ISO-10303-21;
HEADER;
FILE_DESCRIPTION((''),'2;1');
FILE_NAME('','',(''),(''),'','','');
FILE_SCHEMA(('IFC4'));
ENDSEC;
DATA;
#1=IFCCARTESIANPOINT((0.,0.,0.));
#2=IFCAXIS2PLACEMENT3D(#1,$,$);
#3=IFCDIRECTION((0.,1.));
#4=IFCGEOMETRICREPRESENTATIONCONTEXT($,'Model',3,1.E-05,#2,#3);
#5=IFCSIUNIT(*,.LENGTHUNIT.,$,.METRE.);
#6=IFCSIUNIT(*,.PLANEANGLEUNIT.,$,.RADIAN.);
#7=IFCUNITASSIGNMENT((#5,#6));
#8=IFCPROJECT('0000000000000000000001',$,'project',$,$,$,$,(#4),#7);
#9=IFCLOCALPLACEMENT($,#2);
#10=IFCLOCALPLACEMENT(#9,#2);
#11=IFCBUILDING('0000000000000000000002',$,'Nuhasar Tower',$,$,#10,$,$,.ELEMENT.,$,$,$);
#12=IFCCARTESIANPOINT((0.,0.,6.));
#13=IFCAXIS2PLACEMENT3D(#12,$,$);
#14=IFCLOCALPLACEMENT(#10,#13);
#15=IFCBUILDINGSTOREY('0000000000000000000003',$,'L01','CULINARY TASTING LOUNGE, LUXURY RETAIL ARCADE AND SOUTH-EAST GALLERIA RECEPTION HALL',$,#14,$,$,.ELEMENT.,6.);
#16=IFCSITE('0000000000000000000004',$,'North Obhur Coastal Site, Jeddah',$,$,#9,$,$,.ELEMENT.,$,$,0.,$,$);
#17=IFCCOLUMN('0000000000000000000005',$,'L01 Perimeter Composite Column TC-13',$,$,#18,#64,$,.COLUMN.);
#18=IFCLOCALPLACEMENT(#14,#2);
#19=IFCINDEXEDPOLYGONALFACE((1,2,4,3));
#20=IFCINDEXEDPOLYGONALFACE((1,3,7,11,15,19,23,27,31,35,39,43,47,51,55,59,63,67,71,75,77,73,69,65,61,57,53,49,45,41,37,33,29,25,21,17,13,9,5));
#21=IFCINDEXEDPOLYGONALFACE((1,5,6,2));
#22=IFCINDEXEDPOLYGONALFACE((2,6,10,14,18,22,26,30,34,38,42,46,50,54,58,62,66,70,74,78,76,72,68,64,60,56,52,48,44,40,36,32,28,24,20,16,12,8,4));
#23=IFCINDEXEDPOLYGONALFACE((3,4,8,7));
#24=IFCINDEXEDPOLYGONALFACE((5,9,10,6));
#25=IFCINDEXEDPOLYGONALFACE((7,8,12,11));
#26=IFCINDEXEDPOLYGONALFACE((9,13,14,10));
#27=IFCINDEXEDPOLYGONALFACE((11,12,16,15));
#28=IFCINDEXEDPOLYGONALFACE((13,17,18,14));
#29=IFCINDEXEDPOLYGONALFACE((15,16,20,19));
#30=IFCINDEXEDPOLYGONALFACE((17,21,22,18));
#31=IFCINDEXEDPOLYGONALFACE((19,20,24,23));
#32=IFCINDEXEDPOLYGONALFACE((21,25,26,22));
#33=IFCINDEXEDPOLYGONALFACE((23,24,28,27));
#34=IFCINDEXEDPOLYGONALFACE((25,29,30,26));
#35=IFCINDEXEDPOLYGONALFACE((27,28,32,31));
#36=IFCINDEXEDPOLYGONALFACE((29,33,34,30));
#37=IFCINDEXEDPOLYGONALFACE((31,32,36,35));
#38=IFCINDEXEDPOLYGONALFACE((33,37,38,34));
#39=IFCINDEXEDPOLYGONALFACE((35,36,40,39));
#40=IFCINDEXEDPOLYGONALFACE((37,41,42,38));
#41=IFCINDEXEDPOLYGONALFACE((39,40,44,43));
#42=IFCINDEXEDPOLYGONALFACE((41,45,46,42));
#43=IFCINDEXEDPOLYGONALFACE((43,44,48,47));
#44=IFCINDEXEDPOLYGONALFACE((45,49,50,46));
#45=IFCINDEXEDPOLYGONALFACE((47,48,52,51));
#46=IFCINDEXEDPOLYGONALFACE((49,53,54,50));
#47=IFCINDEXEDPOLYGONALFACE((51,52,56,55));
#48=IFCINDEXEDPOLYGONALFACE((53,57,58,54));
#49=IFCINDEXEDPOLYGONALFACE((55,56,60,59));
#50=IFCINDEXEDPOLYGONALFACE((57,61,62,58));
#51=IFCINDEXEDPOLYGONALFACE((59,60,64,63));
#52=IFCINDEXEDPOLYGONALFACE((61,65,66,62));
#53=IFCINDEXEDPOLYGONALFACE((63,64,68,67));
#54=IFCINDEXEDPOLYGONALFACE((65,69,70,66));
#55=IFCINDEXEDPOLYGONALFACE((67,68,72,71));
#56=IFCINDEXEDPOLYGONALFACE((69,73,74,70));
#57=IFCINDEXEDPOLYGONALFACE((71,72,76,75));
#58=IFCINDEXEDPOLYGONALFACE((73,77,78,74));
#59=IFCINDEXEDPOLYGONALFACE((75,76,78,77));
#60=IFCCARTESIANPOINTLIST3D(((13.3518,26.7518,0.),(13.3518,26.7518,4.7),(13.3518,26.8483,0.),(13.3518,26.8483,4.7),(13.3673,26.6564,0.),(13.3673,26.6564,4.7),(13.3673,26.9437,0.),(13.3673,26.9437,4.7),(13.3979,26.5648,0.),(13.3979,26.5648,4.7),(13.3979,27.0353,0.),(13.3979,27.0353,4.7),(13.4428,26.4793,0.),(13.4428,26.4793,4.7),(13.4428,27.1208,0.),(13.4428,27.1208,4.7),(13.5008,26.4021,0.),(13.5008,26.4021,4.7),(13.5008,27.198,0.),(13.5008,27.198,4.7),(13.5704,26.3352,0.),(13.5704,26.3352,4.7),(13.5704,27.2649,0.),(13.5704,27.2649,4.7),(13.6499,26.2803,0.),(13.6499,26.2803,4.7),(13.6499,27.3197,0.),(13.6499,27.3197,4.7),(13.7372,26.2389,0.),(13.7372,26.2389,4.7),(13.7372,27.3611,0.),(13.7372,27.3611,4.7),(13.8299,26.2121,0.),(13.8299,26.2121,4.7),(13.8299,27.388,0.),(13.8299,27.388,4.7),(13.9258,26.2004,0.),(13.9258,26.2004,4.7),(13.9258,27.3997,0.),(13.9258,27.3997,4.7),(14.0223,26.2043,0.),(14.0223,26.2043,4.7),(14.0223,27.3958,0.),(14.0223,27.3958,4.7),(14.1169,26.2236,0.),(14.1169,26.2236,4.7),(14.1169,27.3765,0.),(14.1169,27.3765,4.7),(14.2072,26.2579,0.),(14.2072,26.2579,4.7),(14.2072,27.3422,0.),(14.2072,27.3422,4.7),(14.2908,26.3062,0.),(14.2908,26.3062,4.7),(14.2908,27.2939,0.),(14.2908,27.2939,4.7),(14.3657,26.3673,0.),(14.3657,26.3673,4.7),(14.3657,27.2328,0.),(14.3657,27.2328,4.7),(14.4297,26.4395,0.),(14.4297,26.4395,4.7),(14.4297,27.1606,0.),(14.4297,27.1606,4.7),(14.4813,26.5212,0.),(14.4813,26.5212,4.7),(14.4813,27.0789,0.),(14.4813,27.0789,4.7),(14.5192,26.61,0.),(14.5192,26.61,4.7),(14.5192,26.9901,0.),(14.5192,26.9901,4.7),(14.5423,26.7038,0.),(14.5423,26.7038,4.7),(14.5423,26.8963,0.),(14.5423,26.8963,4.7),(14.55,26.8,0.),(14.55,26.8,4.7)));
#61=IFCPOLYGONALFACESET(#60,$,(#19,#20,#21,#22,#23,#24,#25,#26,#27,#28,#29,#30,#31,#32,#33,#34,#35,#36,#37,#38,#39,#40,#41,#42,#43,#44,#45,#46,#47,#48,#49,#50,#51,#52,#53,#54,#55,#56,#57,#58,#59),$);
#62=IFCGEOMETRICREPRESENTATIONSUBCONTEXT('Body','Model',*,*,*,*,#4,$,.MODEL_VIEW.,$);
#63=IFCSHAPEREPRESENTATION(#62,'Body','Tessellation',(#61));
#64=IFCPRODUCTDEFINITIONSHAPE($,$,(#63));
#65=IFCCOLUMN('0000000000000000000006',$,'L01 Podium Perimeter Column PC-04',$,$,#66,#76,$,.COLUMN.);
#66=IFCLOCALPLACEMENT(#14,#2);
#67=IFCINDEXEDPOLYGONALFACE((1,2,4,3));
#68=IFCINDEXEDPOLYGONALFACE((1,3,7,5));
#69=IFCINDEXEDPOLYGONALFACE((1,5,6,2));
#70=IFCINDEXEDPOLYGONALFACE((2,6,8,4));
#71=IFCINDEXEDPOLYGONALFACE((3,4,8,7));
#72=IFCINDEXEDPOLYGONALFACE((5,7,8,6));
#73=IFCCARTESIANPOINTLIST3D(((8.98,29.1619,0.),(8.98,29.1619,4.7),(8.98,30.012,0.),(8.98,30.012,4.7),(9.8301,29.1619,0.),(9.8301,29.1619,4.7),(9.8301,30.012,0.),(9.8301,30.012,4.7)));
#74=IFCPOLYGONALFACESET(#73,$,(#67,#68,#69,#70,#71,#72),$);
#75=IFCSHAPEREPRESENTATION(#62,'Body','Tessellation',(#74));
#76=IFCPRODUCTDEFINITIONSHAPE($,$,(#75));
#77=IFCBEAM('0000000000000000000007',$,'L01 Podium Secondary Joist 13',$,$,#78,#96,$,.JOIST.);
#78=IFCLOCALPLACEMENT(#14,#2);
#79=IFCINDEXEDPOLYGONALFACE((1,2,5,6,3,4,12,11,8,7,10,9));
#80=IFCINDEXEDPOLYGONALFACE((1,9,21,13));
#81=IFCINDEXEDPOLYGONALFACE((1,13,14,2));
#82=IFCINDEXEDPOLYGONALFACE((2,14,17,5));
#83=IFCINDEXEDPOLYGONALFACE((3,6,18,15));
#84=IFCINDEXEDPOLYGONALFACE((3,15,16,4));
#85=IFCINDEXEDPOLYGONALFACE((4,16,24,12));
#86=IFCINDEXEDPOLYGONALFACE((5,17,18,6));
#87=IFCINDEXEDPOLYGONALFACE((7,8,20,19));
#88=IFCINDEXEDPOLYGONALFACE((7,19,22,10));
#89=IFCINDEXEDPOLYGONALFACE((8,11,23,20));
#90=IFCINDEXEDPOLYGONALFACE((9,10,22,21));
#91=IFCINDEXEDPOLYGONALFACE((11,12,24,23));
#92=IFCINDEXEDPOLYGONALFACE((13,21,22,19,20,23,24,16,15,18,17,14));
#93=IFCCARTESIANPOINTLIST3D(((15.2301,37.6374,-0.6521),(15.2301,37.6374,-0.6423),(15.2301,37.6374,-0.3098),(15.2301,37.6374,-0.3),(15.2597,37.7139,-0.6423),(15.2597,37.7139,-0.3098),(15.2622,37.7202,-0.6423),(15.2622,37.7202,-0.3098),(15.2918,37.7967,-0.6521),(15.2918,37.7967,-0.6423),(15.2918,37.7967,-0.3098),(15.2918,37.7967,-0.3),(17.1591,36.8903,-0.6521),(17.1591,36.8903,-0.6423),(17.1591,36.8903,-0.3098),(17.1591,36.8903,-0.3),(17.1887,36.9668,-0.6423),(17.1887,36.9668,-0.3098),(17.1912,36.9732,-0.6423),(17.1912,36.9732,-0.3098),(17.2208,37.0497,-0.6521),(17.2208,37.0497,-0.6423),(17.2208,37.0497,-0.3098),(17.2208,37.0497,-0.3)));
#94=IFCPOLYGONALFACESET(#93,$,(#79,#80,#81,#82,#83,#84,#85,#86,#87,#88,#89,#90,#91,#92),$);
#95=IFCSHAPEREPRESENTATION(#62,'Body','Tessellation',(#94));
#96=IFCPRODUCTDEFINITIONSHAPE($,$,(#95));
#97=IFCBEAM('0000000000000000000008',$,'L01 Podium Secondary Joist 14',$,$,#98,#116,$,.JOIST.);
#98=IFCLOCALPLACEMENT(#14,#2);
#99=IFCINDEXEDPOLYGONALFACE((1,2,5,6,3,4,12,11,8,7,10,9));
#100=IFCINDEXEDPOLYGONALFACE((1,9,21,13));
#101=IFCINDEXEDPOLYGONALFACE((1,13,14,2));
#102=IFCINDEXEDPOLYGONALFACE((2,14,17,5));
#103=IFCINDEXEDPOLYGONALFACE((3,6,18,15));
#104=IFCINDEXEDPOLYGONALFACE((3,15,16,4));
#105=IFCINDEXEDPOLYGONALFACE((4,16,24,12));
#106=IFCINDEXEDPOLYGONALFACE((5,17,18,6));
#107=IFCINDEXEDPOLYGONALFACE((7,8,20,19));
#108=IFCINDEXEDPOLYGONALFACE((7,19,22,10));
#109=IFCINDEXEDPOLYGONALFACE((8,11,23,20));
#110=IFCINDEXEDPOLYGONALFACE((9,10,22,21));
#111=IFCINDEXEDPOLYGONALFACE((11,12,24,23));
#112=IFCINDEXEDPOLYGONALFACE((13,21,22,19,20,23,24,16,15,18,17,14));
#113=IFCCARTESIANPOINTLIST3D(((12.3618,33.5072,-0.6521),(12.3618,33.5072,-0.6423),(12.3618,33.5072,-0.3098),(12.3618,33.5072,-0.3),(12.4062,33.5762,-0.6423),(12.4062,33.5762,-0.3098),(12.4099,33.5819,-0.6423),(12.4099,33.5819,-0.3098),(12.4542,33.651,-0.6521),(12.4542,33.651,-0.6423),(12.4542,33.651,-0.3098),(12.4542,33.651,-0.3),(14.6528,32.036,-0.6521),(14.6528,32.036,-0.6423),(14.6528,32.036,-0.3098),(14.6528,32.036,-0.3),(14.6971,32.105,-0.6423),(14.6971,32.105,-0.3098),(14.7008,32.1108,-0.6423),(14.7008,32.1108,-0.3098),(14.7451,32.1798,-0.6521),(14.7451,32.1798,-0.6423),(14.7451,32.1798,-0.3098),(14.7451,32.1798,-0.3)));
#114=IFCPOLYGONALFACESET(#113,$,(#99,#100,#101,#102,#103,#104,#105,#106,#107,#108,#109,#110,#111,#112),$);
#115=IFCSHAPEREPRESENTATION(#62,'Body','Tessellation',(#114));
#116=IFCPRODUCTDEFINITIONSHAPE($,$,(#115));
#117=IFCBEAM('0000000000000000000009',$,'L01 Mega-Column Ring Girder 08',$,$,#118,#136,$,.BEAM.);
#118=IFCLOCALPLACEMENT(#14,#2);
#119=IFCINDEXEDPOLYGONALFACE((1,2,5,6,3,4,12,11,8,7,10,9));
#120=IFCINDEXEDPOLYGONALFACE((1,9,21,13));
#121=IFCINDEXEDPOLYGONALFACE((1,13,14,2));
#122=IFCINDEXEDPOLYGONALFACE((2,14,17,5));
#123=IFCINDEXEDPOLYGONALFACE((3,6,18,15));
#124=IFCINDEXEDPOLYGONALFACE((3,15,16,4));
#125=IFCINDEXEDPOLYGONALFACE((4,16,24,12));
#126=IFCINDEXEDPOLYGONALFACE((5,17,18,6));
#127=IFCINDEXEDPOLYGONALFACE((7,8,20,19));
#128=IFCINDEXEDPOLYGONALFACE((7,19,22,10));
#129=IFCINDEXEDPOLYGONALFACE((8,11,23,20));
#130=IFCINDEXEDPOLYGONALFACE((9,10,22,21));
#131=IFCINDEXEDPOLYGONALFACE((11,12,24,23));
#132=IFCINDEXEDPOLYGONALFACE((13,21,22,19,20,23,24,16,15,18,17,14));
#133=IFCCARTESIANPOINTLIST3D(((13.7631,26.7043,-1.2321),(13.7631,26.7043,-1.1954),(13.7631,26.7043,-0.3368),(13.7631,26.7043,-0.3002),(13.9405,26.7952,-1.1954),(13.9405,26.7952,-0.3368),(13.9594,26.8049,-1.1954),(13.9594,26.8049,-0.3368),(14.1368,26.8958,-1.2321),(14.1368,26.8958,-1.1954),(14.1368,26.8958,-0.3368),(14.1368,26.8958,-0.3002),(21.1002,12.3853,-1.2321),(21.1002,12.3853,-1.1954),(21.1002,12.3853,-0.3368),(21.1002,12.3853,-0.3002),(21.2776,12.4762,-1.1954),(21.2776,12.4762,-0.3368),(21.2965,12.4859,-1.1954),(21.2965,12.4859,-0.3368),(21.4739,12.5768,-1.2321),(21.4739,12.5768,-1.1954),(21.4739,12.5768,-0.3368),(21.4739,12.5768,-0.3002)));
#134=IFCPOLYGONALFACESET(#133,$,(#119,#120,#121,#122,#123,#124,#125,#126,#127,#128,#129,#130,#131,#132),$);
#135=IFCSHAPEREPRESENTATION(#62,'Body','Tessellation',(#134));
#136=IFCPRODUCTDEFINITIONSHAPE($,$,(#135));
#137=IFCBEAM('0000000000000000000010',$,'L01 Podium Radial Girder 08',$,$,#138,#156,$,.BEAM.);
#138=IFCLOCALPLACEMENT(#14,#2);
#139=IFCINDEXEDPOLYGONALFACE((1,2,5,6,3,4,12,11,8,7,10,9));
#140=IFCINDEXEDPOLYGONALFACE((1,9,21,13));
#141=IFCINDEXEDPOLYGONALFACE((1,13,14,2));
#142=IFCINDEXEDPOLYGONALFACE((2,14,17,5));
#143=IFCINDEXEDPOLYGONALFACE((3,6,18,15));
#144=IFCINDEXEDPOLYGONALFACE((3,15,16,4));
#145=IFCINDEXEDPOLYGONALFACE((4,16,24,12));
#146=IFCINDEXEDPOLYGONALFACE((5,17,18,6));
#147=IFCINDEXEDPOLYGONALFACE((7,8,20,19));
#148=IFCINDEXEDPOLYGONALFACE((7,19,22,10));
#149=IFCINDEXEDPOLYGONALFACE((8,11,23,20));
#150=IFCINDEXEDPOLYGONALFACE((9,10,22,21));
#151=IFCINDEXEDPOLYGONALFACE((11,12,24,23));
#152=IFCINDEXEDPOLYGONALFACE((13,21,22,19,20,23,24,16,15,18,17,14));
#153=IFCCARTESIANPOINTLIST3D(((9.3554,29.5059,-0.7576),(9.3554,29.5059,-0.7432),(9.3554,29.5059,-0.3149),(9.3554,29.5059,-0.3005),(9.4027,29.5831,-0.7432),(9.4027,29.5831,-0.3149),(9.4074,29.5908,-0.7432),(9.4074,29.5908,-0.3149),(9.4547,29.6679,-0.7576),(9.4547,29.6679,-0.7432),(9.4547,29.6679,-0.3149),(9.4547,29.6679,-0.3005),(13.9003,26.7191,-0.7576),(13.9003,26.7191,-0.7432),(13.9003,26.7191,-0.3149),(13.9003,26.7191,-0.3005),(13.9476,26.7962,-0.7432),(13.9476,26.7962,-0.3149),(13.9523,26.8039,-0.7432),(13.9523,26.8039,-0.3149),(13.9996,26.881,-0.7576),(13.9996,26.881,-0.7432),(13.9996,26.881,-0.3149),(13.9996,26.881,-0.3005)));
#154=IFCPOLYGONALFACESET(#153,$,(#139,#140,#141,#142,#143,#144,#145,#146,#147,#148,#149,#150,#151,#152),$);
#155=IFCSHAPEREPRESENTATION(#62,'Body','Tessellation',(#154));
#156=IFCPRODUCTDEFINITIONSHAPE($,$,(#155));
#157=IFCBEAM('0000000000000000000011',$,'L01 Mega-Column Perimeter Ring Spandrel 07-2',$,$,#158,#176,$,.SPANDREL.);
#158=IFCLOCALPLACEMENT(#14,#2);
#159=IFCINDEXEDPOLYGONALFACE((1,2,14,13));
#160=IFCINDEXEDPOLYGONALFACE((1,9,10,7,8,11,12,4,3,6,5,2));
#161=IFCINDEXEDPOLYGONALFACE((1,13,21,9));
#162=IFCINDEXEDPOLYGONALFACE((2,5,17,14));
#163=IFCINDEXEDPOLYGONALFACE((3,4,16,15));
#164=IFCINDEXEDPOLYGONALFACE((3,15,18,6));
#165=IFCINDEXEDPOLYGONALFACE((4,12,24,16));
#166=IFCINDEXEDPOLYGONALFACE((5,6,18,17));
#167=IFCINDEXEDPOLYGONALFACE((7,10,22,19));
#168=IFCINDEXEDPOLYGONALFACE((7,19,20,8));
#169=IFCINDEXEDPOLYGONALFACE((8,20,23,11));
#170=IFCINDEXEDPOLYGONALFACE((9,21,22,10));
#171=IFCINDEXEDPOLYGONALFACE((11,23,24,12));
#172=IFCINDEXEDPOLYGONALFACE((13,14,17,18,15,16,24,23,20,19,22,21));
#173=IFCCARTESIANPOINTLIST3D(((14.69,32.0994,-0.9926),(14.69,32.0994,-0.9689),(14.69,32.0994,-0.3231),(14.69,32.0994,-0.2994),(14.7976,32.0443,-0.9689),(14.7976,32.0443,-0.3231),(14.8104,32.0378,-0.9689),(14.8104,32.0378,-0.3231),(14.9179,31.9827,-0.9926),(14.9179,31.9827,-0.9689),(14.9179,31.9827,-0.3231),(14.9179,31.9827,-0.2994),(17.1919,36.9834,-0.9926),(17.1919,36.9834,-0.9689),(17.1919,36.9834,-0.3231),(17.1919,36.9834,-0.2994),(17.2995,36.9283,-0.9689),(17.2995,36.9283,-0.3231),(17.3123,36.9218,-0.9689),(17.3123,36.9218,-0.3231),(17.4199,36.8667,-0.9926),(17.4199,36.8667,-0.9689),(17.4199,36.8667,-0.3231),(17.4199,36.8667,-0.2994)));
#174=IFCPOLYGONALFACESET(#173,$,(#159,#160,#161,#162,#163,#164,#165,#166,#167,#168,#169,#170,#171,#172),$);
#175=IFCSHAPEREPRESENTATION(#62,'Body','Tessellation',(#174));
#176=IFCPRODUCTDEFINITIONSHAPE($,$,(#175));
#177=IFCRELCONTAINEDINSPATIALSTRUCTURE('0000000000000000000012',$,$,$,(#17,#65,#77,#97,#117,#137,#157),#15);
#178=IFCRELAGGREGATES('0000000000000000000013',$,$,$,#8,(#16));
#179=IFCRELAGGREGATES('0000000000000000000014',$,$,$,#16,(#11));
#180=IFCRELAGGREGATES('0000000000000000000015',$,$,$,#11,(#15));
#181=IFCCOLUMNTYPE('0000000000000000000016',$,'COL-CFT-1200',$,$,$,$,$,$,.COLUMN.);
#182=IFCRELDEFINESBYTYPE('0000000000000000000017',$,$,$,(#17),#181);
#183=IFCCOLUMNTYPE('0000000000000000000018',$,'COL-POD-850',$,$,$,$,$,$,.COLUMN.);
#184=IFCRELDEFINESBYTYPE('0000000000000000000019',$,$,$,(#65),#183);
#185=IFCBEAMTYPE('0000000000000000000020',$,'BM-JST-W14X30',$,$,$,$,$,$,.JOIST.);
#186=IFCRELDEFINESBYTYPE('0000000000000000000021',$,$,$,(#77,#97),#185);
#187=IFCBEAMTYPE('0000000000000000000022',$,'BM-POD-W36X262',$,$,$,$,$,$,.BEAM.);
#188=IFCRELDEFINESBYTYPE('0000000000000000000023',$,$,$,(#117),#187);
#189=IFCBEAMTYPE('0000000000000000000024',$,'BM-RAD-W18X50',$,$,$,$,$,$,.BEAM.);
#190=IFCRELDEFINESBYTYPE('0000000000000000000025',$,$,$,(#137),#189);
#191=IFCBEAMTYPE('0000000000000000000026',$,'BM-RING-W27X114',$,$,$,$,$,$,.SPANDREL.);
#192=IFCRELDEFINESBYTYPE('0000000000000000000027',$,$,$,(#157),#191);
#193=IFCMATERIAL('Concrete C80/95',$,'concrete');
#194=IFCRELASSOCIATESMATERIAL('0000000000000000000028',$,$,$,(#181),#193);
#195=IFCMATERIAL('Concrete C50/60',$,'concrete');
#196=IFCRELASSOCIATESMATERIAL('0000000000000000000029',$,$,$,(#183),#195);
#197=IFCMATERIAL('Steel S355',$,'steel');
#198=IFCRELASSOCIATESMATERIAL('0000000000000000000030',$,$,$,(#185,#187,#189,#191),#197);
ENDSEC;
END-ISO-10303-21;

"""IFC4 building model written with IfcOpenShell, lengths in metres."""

from ifc_helpers import new_model, si_unit, direction, frame, origin, origin_2d, place, context, subcontext, project, spatial, rectangle, circle, i_section, extrude, material, material_profile, profile_set, type_object, element, save


model = new_model("IFC4")

# Units and contexts
model_context = context("Model", 3, precision=1e-05, world=origin(), true_north=direction((0.0, 1.0)))
body_context = subcontext(model_context, "Body", "Model", "MODEL_VIEW")
ifc_project = project(units=[si_unit("LENGTHUNIT", "METRE"), si_unit("PLANEANGLEUNIT", "RADIAN")], contexts=[model_context])

# Site, building, storey
site_placement = place(None, origin())
site = spatial("IfcSite", under=ifc_project, at=site_placement, Name="North Obhur Coastal Site, Jeddah", CompositionType="ELEMENT", RefElevation=0.0)
building_placement = place(site_placement, origin())
building = spatial("IfcBuilding", under=site, at=building_placement, Name="Nuhasar Tower", CompositionType="ELEMENT")
storey_placement = place(building_placement, frame((0.0, 0.0, 6.0)))
storey = spatial("IfcBuildingStorey", under=building, at=storey_placement, Name="L01", Description="CULINARY TASTING LOUNGE, LUXURY RETAIL ARCADE AND SOUTH-EAST GALLERIA RECEPTION HALL", CompositionType="ELEMENT", Elevation=6.0)

# Columns
ifc_material_1 = material(Name="Concrete C80/95", Category="concrete")
ifc_material_profile_1 = material_profile(ifc_material_1, circle(Radius=0.6001, at=origin_2d()), Name="CFT1200")
ifc_profile_set_1 = profile_set([ifc_material_profile_1], Name="Concrete C80/95")
column_type_1 = type_object("IfcColumnType", Name="COL-CFT-1200", PredefinedType="COLUMN", material=ifc_profile_set_1)
column_1_placement = place(storey_placement, frame((13.95, 26.8, 0.0), z_axis=(0.0, 0.0, 1.0), x_axis=(1.0, 0.0, 0.0)))
element("IfcColumn", 1, at=column_1_placement, inside=storey, type_object=column_type_1, Name="L01 Perimeter Composite Column TC-13", PredefinedType="COLUMN", context=body_context, shape_type="SweptSolid", body=[
    extrude(circle(Radius=0.6001, at=origin_2d()), origin(), (0.0, 0.0, 1.0), 4.7),
])
ifc_material_2 = material(Name="Concrete C50/60", Category="concrete")
ifc_material_profile_2 = material_profile(ifc_material_2, rectangle(XDim=0.8501, YDim=0.8501, at=origin_2d()), Name="RC850X850")
ifc_profile_set_2 = profile_set([ifc_material_profile_2], Name="Concrete C50/60")
column_type_2 = type_object("IfcColumnType", Name="COL-POD-850", PredefinedType="COLUMN", material=ifc_profile_set_2)
column_2_placement = place(storey_placement, frame((9.405, 29.5869, 0.0), z_axis=(0.0, 0.0, 1.0), x_axis=(1.0, 0.0, 0.0)))
element("IfcColumn", 2, at=column_2_placement, inside=storey, type_object=column_type_2, Name="L01 Podium Perimeter Column PC-04", PredefinedType="COLUMN", context=body_context, shape_type="SweptSolid", body=[
    extrude(rectangle(XDim=0.8501, YDim=0.8501, at=origin_2d()), origin(), (0.0, 0.0, 1.0), 4.7),
])

# Beams
ifc_material_3 = material(Name="Steel S355", Category="steel")
ifc_material_profile_3 = material_profile(ifc_material_3, i_section(OverallWidth=0.1709, OverallDepth=0.3521, WebThickness=0.0068, FlangeThickness=0.0098, at=origin_2d()), Name="W14X30")
ifc_profile_set_3 = profile_set([ifc_material_profile_3], Name="Steel S355")
beam_type_1 = type_object("IfcBeamType", Name="BM-JST-W14X30", PredefinedType="JOIST", material=ifc_profile_set_3)
beam_1_placement = place(storey_placement, frame((17.1899, 36.97, -0.4761), z_axis=(-0.932507, 0.361153, 0.0), x_axis=(-0.361153, -0.932507, 0.0)))
element("IfcBeam", 3, at=beam_1_placement, inside=storey, type_object=beam_type_1, Name="L01 Podium Secondary Joist 13", PredefinedType="JOIST", context=body_context, shape_type="SweptSolid", body=[
    extrude(i_section(OverallWidth=0.1709, OverallDepth=0.3521, WebThickness=0.0068, FlangeThickness=0.0098, at=origin_2d()), origin(), (0.0, 0.0, 1.0), 2.0686),
])
beam_2_placement = place(storey_placement, frame((14.699, 32.1079, -0.4761), z_axis=(-0.841446, 0.540341, 0.0), x_axis=(-0.540341, -0.841446, 0.0)))
element("IfcBeam", 4, at=beam_2_placement, inside=storey, type_object=beam_type_1, Name="L01 Podium Secondary Joist 14", PredefinedType="JOIST", context=body_context, shape_type="SweptSolid", body=[
    extrude(i_section(OverallWidth=0.1709, OverallDepth=0.3521, WebThickness=0.0068, FlangeThickness=0.0098, at=origin_2d()), origin(), (0.0, 0.0, 1.0), 2.7227),
])
ifc_material_profile_4 = material_profile(ifc_material_3, i_section(OverallWidth=0.4199, OverallDepth=0.9319, WebThickness=0.0212, FlangeThickness=0.0366, at=origin_2d()), Name="W36X262")
ifc_profile_set_4 = profile_set([ifc_material_profile_4], Name="Steel S355")
beam_type_2 = type_object("IfcBeamType", Name="BM-POD-W36X262", PredefinedType="BEAM", material=ifc_profile_set_4)
beam_3_placement = place(storey_placement, frame((13.95, 26.8, -0.7661), z_axis=(0.456023, -0.889968, 0.0), x_axis=(0.889968, 0.456023, 0.0)))
element("IfcBeam", 5, at=beam_3_placement, inside=storey, type_object=beam_type_2, Name="L01 Mega-Column Ring Girder 08", PredefinedType="BEAM", context=body_context, shape_type="SweptSolid", body=[
    extrude(i_section(OverallWidth=0.4199, OverallDepth=0.9319, WebThickness=0.0212, FlangeThickness=0.0366, at=origin_2d()), origin(), (0.0, 0.0, 1.0), 16.0894),
])
ifc_material_profile_5 = material_profile(ifc_material_3, i_section(OverallWidth=0.1899, OverallDepth=0.457, WebThickness=0.009, FlangeThickness=0.0144, at=origin_2d()), Name="W18X50")
ifc_profile_set_5 = profile_set([ifc_material_profile_5], Name="Steel S355")
beam_type_3 = type_object("IfcBeamType", Name="BM-RAD-W18X50", PredefinedType="BEAM", material=ifc_profile_set_5)
beam_4_placement = place(storey_placement, frame((13.95, 26.8, -0.5291), z_axis=(-0.852495, 0.522735, 0.0), x_axis=(-0.522735, -0.852495, 0.0)))
element("IfcBeam", 6, at=beam_4_placement, inside=storey, type_object=beam_type_3, Name="L01 Podium Radial Girder 08", PredefinedType="BEAM", context=body_context, shape_type="SweptSolid", body=[
    extrude(i_section(OverallWidth=0.1899, OverallDepth=0.457, WebThickness=0.009, FlangeThickness=0.0144, at=origin_2d()), origin(), (0.0, 0.0, 1.0), 5.3313),
])
ifc_material_profile_6 = material_profile(ifc_material_3, i_section(OverallWidth=0.2561, OverallDepth=0.6931, WebThickness=0.0144, FlangeThickness=0.0237, at=origin_2d()), Name="W27X114")
ifc_profile_set_6 = profile_set([ifc_material_profile_6], Name="Steel S355")
beam_type_4 = type_object("IfcBeamType", Name="BM-RING-W27X114", PredefinedType="SPANDREL", material=ifc_profile_set_6)
beam_5_placement = place(storey_placement, frame((17.3059, 36.925, -0.646), z_axis=(-0.45593, -0.890016, 0.0), x_axis=(0.890016, -0.45593, 0.0)))
element("IfcBeam", 7, at=beam_5_placement, inside=storey, type_object=beam_type_4, Name="L01 Mega-Column Perimeter Ring Spandrel 07-2", PredefinedType="SPANDREL", context=body_context, shape_type="SweptSolid", body=[
    extrude(i_section(OverallWidth=0.2561, OverallDepth=0.6931, WebThickness=0.0144, FlangeThickness=0.0237, at=origin_2d()), origin(), (0.0, 0.0, 1.0), 5.4875),
])

save(model, "model.ifc")
